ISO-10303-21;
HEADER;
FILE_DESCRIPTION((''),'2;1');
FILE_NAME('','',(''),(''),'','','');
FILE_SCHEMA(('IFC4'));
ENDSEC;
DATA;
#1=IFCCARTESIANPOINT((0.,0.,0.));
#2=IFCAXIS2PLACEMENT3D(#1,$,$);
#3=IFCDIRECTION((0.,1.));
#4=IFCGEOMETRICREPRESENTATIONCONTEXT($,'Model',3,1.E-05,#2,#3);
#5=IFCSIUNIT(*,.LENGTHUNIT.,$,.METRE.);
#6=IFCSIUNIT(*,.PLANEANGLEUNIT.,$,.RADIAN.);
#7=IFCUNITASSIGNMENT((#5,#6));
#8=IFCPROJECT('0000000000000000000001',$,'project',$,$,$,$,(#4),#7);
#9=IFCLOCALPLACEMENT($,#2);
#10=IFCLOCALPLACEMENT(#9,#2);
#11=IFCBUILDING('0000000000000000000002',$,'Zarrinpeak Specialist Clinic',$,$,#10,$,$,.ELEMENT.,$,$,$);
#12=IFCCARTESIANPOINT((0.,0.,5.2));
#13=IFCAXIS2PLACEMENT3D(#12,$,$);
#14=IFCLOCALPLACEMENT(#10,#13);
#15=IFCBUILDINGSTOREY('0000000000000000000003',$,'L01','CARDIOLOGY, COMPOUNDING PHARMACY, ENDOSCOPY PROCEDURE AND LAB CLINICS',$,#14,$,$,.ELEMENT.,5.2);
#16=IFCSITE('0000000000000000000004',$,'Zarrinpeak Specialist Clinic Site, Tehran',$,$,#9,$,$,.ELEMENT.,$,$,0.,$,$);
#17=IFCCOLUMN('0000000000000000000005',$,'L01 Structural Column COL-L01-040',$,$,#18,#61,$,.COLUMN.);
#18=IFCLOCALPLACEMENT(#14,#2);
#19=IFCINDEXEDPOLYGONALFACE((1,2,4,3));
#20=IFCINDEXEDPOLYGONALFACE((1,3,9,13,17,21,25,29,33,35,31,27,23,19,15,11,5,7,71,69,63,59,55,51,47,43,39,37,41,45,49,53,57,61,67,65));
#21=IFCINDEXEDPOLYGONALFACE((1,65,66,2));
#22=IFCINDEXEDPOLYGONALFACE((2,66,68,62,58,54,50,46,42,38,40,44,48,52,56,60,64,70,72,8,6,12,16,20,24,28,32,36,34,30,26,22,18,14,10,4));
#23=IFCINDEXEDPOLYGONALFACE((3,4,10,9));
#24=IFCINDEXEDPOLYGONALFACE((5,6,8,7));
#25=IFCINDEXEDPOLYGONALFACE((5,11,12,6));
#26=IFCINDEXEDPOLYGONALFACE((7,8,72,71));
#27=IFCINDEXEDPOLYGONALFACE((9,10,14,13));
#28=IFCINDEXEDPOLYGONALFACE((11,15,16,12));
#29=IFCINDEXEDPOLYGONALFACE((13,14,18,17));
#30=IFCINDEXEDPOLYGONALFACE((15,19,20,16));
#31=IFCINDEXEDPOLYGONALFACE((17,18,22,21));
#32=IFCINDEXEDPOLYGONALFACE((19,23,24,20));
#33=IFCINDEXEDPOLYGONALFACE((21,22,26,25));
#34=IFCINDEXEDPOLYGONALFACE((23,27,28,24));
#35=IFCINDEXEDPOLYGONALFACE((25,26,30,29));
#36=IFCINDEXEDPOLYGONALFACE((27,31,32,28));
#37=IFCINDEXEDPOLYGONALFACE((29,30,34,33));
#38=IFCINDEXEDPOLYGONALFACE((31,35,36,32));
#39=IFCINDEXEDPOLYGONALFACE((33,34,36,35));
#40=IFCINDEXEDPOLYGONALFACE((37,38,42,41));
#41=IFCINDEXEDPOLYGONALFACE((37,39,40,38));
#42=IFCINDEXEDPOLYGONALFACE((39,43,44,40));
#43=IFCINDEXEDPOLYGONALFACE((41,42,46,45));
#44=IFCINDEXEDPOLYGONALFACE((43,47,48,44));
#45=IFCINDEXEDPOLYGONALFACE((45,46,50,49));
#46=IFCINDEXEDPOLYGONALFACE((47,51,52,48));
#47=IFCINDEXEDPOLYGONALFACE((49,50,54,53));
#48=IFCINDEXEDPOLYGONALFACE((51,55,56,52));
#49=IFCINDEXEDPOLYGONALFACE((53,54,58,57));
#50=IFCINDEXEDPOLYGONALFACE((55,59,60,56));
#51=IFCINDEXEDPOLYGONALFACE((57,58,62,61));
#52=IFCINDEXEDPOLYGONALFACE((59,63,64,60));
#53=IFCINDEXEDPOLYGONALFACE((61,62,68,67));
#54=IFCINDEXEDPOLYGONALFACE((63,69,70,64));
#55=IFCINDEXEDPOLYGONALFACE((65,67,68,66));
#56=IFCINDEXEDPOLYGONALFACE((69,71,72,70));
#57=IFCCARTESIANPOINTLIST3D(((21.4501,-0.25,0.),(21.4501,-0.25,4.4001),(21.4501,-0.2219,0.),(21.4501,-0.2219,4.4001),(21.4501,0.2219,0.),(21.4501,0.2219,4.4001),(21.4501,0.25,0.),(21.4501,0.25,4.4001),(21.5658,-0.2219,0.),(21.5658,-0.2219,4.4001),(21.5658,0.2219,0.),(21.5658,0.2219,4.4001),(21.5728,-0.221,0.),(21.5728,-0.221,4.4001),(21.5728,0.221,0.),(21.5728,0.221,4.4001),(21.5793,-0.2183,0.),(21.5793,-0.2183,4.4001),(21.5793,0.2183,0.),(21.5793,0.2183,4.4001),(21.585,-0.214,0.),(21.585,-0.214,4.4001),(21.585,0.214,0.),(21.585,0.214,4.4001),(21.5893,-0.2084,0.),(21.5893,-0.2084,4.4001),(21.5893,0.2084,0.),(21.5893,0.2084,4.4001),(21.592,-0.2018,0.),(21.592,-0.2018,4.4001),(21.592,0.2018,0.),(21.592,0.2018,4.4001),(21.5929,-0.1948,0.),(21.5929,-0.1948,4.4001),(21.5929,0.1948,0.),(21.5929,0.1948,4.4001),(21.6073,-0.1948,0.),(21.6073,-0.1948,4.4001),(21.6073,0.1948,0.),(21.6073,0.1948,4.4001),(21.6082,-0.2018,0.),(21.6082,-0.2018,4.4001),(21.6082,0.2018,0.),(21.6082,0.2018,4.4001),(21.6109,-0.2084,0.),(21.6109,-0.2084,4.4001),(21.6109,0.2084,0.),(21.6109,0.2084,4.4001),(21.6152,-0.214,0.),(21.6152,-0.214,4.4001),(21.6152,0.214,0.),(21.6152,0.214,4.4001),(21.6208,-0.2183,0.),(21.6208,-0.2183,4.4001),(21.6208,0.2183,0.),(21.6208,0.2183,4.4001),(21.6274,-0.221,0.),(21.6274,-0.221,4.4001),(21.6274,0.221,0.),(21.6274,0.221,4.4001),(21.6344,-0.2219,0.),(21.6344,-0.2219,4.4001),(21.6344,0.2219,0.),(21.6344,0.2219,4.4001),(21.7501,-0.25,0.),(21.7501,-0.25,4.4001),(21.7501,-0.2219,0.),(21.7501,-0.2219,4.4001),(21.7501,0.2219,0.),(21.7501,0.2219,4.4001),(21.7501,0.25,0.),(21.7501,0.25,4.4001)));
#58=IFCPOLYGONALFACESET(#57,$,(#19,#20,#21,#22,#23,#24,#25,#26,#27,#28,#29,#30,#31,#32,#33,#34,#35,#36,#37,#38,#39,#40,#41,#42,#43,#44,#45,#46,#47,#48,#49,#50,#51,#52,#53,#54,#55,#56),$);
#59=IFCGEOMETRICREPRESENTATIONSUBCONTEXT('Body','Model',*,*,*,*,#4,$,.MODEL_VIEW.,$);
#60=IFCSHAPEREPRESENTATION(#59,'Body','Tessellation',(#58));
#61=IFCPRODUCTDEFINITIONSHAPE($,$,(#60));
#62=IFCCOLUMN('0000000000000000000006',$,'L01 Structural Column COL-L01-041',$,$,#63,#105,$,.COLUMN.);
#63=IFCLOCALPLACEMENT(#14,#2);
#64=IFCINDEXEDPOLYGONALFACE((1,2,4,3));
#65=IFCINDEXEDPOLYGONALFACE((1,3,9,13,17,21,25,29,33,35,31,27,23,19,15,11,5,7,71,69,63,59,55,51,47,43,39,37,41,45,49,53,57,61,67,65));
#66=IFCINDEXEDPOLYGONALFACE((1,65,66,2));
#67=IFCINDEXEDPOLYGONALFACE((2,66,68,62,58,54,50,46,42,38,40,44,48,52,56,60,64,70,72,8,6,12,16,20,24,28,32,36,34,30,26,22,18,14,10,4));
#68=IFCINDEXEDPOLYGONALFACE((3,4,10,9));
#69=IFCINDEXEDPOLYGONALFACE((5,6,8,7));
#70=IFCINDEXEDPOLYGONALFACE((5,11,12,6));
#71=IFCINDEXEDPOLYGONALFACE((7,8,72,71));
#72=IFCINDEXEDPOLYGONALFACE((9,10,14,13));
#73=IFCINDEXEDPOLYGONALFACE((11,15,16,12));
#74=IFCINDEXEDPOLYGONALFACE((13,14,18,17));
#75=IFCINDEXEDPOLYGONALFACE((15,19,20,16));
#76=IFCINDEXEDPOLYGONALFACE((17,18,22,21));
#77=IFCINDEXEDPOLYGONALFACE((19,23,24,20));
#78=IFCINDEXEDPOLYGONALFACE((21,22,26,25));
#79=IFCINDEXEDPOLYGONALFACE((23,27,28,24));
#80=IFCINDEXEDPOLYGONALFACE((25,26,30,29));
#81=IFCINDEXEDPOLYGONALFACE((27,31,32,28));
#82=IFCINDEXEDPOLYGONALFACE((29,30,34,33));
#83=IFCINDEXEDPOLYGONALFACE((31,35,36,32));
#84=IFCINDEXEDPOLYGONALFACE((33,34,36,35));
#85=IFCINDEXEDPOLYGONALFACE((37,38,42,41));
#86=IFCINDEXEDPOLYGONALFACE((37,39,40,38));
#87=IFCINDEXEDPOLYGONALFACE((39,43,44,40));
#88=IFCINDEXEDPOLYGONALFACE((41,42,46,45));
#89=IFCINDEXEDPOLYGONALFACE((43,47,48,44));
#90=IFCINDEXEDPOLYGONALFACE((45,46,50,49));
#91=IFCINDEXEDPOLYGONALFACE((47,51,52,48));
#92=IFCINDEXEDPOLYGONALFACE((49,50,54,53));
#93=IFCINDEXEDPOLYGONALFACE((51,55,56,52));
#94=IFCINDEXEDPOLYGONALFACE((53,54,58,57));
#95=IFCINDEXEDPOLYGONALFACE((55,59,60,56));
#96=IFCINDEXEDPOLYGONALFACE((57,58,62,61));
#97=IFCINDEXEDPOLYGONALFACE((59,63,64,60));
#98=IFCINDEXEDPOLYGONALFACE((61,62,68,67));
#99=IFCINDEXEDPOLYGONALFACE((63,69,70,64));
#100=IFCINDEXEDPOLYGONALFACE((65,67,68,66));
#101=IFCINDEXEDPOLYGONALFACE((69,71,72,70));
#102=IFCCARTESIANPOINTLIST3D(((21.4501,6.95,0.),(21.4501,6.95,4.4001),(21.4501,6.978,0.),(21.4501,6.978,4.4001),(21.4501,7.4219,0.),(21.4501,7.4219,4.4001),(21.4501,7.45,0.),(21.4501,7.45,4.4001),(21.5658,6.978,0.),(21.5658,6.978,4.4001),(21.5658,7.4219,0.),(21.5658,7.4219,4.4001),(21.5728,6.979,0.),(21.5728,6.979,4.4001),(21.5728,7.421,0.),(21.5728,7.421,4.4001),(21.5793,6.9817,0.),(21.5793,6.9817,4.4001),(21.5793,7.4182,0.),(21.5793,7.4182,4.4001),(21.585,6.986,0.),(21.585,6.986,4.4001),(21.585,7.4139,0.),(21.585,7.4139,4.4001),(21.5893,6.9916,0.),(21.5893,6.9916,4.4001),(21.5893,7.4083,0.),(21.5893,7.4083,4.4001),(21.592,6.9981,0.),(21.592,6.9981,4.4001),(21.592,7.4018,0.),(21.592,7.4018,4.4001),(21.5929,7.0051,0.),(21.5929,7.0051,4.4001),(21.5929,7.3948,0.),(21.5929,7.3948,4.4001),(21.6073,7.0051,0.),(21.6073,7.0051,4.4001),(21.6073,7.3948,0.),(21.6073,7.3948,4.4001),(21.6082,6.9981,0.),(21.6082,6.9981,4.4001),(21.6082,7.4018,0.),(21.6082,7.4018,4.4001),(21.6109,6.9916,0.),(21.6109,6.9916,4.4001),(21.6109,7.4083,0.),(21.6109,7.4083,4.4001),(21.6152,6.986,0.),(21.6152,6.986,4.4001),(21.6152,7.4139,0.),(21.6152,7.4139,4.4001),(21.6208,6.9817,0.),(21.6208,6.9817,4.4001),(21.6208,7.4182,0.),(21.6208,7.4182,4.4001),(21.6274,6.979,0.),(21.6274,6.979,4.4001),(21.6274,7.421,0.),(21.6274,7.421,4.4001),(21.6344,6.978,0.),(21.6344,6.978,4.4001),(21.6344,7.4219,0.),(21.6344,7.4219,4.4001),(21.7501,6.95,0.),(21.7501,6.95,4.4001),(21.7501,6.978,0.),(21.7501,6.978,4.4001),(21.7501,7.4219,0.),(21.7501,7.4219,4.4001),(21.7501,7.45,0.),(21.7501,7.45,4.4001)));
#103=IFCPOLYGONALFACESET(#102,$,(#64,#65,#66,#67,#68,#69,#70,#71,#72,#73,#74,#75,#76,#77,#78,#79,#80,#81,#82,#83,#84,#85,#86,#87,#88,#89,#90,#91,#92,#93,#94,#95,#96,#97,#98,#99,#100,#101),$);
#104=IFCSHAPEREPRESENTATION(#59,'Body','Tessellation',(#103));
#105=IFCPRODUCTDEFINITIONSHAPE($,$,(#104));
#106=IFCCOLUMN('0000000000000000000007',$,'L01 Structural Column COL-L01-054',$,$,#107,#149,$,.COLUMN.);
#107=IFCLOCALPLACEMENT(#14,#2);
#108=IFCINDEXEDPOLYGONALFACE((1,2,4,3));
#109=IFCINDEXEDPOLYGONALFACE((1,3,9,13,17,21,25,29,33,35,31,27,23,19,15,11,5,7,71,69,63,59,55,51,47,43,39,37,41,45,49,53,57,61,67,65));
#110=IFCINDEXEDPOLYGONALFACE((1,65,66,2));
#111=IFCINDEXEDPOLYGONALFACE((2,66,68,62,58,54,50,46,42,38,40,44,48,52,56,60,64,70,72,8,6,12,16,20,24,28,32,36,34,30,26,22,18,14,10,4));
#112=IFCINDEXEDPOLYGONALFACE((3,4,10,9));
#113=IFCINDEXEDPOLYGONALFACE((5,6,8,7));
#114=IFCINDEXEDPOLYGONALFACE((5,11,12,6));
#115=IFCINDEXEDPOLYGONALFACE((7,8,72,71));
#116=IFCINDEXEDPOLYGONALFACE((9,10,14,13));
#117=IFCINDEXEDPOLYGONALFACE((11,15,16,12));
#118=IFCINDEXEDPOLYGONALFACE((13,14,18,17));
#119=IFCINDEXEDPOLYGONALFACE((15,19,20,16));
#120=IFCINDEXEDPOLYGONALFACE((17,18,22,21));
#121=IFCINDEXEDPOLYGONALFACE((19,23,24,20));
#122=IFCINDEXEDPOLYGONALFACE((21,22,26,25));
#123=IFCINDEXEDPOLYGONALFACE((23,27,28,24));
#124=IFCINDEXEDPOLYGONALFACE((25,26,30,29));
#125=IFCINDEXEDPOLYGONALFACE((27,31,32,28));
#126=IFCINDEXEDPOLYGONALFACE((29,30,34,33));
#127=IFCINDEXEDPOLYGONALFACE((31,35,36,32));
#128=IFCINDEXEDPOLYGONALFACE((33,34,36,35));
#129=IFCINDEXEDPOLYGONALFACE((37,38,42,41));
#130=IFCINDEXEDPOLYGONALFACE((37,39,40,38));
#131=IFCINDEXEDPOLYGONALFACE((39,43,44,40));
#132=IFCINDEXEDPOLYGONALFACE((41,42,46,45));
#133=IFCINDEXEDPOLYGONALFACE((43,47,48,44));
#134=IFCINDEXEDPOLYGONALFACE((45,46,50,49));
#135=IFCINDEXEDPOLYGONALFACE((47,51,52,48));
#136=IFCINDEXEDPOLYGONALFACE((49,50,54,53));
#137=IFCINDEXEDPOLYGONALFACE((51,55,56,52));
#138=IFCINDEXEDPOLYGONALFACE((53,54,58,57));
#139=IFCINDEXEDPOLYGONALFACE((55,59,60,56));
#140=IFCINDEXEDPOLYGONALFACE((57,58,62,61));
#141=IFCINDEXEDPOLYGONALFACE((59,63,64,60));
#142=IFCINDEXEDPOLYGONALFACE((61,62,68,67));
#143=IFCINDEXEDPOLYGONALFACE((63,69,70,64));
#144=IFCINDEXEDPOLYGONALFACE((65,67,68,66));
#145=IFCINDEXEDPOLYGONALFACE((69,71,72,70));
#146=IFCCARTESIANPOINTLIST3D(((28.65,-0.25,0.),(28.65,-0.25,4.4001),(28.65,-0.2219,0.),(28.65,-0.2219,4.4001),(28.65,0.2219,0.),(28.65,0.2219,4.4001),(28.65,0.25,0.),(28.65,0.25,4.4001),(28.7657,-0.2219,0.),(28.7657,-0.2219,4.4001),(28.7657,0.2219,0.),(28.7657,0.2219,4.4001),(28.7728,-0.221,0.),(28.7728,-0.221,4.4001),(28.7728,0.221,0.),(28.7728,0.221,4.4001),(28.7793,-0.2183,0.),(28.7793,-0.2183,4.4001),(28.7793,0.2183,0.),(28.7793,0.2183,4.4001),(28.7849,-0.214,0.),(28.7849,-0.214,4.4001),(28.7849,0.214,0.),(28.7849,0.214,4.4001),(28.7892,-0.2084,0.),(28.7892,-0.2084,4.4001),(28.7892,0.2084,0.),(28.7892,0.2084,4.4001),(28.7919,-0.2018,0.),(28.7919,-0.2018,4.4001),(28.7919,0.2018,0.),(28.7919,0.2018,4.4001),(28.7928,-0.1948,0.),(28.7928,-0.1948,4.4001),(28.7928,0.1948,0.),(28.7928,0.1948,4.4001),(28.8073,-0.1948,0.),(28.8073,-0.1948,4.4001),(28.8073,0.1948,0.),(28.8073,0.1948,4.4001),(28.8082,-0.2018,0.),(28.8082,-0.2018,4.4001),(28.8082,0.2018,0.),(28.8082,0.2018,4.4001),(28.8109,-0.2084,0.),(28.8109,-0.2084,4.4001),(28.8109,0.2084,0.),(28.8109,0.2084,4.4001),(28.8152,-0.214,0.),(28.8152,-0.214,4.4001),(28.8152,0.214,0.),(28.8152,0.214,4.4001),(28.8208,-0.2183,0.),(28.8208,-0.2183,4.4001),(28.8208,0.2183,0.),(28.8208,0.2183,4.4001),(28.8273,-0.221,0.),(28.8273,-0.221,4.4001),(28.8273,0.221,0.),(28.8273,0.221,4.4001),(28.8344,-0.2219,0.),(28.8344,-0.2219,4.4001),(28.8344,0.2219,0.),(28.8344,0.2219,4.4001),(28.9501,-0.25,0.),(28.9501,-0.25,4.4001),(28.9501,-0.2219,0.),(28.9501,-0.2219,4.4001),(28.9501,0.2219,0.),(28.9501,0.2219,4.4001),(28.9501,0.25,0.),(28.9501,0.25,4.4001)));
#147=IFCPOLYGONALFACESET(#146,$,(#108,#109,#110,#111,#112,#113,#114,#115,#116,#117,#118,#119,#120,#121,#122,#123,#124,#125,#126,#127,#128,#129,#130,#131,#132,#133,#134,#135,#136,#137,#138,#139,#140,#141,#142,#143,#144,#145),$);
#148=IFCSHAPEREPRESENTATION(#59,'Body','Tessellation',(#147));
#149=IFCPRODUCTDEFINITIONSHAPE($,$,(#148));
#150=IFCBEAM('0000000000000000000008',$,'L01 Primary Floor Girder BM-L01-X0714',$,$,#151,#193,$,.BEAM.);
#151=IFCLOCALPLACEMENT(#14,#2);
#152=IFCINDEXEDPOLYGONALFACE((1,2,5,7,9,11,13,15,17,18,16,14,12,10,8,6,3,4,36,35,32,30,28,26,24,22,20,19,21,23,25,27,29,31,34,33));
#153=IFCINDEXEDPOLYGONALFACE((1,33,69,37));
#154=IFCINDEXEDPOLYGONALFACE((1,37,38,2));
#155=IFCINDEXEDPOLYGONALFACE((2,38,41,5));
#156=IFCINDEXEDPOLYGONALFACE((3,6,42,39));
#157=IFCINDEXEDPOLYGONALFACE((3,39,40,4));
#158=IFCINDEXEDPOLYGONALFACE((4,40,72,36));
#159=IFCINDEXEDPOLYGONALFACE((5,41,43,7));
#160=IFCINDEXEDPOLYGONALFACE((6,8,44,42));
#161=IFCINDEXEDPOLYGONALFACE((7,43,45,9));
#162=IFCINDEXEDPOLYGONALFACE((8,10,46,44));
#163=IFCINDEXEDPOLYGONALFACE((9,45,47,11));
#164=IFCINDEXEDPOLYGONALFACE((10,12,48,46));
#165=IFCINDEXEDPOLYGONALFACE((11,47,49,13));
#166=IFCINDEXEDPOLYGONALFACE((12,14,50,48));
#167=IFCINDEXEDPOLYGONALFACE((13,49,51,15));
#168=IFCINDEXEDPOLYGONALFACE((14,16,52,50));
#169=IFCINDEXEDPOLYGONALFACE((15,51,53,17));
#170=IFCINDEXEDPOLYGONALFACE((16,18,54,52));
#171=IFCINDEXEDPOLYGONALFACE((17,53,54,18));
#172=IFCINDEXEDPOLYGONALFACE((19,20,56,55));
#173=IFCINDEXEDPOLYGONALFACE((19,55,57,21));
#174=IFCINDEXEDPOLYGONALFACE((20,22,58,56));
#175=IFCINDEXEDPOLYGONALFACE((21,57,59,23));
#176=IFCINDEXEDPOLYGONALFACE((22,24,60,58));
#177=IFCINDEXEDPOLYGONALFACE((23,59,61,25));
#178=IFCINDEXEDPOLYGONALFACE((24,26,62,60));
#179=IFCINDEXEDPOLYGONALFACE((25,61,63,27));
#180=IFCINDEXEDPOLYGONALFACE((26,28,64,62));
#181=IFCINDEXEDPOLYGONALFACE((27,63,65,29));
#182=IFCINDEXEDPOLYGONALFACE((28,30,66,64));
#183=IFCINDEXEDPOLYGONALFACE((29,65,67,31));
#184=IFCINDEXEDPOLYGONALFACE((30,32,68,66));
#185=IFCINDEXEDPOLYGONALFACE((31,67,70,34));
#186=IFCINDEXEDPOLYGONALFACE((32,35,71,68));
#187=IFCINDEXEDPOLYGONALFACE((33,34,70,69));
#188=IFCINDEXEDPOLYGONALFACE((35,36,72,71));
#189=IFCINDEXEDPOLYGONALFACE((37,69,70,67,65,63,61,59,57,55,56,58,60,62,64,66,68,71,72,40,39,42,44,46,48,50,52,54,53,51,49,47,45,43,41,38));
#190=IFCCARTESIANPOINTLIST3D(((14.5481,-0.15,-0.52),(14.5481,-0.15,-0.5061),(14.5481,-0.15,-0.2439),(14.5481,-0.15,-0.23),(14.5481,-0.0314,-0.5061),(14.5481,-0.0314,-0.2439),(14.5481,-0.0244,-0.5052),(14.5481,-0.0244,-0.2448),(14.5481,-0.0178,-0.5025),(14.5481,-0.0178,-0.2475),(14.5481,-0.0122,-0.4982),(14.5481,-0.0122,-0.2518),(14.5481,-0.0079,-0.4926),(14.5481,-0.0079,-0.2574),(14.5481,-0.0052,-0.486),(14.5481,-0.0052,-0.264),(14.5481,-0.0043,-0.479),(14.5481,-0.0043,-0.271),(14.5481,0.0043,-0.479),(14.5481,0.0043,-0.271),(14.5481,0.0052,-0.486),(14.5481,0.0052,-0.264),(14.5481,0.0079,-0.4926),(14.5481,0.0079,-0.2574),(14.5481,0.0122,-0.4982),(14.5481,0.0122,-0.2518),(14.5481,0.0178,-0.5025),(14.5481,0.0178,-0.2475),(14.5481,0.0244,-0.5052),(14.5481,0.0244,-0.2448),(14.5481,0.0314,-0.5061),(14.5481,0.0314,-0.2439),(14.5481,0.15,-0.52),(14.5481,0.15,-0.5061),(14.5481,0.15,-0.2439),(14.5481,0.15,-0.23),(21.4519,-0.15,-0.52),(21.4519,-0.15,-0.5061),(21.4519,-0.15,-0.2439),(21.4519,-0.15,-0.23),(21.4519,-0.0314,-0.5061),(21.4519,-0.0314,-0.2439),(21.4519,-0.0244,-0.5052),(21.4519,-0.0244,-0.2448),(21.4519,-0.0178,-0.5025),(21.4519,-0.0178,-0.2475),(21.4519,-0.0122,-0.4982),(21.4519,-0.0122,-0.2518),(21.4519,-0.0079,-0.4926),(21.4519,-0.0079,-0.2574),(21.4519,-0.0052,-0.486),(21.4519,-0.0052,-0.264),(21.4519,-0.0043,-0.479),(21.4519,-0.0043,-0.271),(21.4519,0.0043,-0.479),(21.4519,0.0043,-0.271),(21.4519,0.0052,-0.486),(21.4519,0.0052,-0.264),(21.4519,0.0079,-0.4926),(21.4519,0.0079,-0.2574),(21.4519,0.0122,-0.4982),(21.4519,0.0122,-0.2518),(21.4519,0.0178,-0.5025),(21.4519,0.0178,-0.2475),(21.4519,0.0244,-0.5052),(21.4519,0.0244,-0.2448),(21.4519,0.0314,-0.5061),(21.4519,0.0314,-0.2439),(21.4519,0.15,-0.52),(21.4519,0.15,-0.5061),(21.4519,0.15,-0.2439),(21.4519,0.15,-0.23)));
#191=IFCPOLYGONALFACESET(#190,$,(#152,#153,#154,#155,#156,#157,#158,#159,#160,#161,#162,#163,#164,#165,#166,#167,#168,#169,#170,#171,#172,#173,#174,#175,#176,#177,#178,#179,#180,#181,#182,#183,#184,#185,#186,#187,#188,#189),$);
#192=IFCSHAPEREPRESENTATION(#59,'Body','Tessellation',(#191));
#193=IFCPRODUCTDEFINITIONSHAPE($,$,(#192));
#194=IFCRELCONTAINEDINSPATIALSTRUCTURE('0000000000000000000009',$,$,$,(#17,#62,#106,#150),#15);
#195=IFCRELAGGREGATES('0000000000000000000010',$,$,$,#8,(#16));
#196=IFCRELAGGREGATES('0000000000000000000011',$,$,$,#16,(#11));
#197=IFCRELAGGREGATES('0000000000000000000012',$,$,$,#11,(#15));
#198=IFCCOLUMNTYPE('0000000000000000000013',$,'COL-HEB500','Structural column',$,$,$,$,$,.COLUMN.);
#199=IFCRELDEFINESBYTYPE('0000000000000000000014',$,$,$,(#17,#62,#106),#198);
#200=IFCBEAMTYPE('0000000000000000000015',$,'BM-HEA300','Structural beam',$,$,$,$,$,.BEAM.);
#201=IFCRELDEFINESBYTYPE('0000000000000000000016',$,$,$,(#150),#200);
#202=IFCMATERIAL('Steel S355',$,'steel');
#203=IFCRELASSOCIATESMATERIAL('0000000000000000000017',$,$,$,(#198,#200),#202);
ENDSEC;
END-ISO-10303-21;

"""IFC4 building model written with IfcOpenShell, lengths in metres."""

from ifc_helpers import new_model, si_unit, direction, frame, origin, origin_2d, place, context, subcontext, project, spatial, i_section, extrude, material, material_profile, profile_set, type_object, element, save


model = new_model("IFC4")

# Units and contexts
model_context = context("Model", 3, precision=1e-05, world=origin(), true_north=direction((0.0, 1.0)))
body_context = subcontext(model_context, "Body", "Model", "MODEL_VIEW")
ifc_project = project(units=[si_unit("LENGTHUNIT", "METRE"), si_unit("PLANEANGLEUNIT", "RADIAN")], contexts=[model_context])

# Site, building, storey
site_placement = place(None, origin())
site = spatial("IfcSite", under=ifc_project, at=site_placement, Name="Zarrinpeak Specialist Clinic Site, Tehran", CompositionType="ELEMENT", RefElevation=0.0)
building_placement = place(site_placement, origin())
building = spatial("IfcBuilding", under=site, at=building_placement, Name="Zarrinpeak Specialist Clinic", CompositionType="ELEMENT")
storey_placement = place(building_placement, frame((0.0, 0.0, 5.2)))
storey = spatial("IfcBuildingStorey", under=building, at=storey_placement, Name="L01", Description="CARDIOLOGY, COMPOUNDING PHARMACY, ENDOSCOPY PROCEDURE AND LAB CLINICS", CompositionType="ELEMENT", Elevation=5.2)

# Columns
ifc_material_1 = material(Name="Steel S355", Category="steel")
ifc_material_profile_1 = material_profile(ifc_material_1, i_section(OverallWidth=0.3, OverallDepth=0.5, WebThickness=0.0144, FlangeThickness=0.0281, FilletRadius=0.0271, at=origin_2d()), Name="HEB 500")
ifc_profile_set_1 = profile_set([ifc_material_profile_1], Name="Steel S355")
column_type = type_object("IfcColumnType", Name="COL-HEB500", Description="Structural column", PredefinedType="COLUMN", material=ifc_profile_set_1)
for number, where, z_axis, x_axis, name in (
    (1, (21.6001, 0.0, 0.0), (0.0, 0.0, 1.0), (1.0, 0.0, 0.0), "L01 Structural Column COL-L01-040"),
    (2, (21.6001, 7.2, 0.0), (0.0, 0.0, 1.0), (1.0, 0.0, 0.0), "L01 Structural Column COL-L01-041"),
    (3, (28.8, 0.0, 0.0), (0.0, 0.0, 1.0), (1.0, 0.0, 0.0), "L01 Structural Column COL-L01-054"),
):
    element("IfcColumn", number, at=place(storey_placement, frame(where, z_axis=z_axis, x_axis=x_axis)), inside=storey, type_object=column_type, Name=name, PredefinedType="COLUMN", context=body_context, shape_type="SweptSolid", body=[
        extrude(i_section(OverallWidth=0.3, OverallDepth=0.5, WebThickness=0.0144, FlangeThickness=0.0281, FilletRadius=0.0271, at=origin_2d()), origin(), (0.0, 0.0, 1.0), 4.4001),
    ])

# Beam
ifc_material_profile_2 = material_profile(ifc_material_1, i_section(OverallWidth=0.3, OverallDepth=0.29, WebThickness=0.0085, FlangeThickness=0.0139, FilletRadius=0.0271, at=origin_2d()), Name="HEA 300")
ifc_profile_set_2 = profile_set([ifc_material_profile_2], Name="Steel S355")
beam_type_1 = type_object("IfcBeamType", Name="BM-HEA300", Description="Structural beam", PredefinedType="BEAM", material=ifc_profile_set_2)
beam_1_placement = place(storey_placement, frame((14.5481, 0.0, -0.375), z_axis=(1.0, 0.0, 0.0), x_axis=(0.0, 1.0, 0.0)))
element("IfcBeam", 4, at=beam_1_placement, inside=storey, type_object=beam_type_1, Name="L01 Primary Floor Girder BM-L01-X0714", PredefinedType="BEAM", context=body_context, shape_type="SweptSolid", body=[
    extrude(i_section(OverallWidth=0.3, OverallDepth=0.29, WebThickness=0.0085, FlangeThickness=0.0139, FilletRadius=0.0271, at=origin_2d()), origin(), (0.0, 0.0, 1.0), 6.9038),
])

save(model, "model.ifc")
